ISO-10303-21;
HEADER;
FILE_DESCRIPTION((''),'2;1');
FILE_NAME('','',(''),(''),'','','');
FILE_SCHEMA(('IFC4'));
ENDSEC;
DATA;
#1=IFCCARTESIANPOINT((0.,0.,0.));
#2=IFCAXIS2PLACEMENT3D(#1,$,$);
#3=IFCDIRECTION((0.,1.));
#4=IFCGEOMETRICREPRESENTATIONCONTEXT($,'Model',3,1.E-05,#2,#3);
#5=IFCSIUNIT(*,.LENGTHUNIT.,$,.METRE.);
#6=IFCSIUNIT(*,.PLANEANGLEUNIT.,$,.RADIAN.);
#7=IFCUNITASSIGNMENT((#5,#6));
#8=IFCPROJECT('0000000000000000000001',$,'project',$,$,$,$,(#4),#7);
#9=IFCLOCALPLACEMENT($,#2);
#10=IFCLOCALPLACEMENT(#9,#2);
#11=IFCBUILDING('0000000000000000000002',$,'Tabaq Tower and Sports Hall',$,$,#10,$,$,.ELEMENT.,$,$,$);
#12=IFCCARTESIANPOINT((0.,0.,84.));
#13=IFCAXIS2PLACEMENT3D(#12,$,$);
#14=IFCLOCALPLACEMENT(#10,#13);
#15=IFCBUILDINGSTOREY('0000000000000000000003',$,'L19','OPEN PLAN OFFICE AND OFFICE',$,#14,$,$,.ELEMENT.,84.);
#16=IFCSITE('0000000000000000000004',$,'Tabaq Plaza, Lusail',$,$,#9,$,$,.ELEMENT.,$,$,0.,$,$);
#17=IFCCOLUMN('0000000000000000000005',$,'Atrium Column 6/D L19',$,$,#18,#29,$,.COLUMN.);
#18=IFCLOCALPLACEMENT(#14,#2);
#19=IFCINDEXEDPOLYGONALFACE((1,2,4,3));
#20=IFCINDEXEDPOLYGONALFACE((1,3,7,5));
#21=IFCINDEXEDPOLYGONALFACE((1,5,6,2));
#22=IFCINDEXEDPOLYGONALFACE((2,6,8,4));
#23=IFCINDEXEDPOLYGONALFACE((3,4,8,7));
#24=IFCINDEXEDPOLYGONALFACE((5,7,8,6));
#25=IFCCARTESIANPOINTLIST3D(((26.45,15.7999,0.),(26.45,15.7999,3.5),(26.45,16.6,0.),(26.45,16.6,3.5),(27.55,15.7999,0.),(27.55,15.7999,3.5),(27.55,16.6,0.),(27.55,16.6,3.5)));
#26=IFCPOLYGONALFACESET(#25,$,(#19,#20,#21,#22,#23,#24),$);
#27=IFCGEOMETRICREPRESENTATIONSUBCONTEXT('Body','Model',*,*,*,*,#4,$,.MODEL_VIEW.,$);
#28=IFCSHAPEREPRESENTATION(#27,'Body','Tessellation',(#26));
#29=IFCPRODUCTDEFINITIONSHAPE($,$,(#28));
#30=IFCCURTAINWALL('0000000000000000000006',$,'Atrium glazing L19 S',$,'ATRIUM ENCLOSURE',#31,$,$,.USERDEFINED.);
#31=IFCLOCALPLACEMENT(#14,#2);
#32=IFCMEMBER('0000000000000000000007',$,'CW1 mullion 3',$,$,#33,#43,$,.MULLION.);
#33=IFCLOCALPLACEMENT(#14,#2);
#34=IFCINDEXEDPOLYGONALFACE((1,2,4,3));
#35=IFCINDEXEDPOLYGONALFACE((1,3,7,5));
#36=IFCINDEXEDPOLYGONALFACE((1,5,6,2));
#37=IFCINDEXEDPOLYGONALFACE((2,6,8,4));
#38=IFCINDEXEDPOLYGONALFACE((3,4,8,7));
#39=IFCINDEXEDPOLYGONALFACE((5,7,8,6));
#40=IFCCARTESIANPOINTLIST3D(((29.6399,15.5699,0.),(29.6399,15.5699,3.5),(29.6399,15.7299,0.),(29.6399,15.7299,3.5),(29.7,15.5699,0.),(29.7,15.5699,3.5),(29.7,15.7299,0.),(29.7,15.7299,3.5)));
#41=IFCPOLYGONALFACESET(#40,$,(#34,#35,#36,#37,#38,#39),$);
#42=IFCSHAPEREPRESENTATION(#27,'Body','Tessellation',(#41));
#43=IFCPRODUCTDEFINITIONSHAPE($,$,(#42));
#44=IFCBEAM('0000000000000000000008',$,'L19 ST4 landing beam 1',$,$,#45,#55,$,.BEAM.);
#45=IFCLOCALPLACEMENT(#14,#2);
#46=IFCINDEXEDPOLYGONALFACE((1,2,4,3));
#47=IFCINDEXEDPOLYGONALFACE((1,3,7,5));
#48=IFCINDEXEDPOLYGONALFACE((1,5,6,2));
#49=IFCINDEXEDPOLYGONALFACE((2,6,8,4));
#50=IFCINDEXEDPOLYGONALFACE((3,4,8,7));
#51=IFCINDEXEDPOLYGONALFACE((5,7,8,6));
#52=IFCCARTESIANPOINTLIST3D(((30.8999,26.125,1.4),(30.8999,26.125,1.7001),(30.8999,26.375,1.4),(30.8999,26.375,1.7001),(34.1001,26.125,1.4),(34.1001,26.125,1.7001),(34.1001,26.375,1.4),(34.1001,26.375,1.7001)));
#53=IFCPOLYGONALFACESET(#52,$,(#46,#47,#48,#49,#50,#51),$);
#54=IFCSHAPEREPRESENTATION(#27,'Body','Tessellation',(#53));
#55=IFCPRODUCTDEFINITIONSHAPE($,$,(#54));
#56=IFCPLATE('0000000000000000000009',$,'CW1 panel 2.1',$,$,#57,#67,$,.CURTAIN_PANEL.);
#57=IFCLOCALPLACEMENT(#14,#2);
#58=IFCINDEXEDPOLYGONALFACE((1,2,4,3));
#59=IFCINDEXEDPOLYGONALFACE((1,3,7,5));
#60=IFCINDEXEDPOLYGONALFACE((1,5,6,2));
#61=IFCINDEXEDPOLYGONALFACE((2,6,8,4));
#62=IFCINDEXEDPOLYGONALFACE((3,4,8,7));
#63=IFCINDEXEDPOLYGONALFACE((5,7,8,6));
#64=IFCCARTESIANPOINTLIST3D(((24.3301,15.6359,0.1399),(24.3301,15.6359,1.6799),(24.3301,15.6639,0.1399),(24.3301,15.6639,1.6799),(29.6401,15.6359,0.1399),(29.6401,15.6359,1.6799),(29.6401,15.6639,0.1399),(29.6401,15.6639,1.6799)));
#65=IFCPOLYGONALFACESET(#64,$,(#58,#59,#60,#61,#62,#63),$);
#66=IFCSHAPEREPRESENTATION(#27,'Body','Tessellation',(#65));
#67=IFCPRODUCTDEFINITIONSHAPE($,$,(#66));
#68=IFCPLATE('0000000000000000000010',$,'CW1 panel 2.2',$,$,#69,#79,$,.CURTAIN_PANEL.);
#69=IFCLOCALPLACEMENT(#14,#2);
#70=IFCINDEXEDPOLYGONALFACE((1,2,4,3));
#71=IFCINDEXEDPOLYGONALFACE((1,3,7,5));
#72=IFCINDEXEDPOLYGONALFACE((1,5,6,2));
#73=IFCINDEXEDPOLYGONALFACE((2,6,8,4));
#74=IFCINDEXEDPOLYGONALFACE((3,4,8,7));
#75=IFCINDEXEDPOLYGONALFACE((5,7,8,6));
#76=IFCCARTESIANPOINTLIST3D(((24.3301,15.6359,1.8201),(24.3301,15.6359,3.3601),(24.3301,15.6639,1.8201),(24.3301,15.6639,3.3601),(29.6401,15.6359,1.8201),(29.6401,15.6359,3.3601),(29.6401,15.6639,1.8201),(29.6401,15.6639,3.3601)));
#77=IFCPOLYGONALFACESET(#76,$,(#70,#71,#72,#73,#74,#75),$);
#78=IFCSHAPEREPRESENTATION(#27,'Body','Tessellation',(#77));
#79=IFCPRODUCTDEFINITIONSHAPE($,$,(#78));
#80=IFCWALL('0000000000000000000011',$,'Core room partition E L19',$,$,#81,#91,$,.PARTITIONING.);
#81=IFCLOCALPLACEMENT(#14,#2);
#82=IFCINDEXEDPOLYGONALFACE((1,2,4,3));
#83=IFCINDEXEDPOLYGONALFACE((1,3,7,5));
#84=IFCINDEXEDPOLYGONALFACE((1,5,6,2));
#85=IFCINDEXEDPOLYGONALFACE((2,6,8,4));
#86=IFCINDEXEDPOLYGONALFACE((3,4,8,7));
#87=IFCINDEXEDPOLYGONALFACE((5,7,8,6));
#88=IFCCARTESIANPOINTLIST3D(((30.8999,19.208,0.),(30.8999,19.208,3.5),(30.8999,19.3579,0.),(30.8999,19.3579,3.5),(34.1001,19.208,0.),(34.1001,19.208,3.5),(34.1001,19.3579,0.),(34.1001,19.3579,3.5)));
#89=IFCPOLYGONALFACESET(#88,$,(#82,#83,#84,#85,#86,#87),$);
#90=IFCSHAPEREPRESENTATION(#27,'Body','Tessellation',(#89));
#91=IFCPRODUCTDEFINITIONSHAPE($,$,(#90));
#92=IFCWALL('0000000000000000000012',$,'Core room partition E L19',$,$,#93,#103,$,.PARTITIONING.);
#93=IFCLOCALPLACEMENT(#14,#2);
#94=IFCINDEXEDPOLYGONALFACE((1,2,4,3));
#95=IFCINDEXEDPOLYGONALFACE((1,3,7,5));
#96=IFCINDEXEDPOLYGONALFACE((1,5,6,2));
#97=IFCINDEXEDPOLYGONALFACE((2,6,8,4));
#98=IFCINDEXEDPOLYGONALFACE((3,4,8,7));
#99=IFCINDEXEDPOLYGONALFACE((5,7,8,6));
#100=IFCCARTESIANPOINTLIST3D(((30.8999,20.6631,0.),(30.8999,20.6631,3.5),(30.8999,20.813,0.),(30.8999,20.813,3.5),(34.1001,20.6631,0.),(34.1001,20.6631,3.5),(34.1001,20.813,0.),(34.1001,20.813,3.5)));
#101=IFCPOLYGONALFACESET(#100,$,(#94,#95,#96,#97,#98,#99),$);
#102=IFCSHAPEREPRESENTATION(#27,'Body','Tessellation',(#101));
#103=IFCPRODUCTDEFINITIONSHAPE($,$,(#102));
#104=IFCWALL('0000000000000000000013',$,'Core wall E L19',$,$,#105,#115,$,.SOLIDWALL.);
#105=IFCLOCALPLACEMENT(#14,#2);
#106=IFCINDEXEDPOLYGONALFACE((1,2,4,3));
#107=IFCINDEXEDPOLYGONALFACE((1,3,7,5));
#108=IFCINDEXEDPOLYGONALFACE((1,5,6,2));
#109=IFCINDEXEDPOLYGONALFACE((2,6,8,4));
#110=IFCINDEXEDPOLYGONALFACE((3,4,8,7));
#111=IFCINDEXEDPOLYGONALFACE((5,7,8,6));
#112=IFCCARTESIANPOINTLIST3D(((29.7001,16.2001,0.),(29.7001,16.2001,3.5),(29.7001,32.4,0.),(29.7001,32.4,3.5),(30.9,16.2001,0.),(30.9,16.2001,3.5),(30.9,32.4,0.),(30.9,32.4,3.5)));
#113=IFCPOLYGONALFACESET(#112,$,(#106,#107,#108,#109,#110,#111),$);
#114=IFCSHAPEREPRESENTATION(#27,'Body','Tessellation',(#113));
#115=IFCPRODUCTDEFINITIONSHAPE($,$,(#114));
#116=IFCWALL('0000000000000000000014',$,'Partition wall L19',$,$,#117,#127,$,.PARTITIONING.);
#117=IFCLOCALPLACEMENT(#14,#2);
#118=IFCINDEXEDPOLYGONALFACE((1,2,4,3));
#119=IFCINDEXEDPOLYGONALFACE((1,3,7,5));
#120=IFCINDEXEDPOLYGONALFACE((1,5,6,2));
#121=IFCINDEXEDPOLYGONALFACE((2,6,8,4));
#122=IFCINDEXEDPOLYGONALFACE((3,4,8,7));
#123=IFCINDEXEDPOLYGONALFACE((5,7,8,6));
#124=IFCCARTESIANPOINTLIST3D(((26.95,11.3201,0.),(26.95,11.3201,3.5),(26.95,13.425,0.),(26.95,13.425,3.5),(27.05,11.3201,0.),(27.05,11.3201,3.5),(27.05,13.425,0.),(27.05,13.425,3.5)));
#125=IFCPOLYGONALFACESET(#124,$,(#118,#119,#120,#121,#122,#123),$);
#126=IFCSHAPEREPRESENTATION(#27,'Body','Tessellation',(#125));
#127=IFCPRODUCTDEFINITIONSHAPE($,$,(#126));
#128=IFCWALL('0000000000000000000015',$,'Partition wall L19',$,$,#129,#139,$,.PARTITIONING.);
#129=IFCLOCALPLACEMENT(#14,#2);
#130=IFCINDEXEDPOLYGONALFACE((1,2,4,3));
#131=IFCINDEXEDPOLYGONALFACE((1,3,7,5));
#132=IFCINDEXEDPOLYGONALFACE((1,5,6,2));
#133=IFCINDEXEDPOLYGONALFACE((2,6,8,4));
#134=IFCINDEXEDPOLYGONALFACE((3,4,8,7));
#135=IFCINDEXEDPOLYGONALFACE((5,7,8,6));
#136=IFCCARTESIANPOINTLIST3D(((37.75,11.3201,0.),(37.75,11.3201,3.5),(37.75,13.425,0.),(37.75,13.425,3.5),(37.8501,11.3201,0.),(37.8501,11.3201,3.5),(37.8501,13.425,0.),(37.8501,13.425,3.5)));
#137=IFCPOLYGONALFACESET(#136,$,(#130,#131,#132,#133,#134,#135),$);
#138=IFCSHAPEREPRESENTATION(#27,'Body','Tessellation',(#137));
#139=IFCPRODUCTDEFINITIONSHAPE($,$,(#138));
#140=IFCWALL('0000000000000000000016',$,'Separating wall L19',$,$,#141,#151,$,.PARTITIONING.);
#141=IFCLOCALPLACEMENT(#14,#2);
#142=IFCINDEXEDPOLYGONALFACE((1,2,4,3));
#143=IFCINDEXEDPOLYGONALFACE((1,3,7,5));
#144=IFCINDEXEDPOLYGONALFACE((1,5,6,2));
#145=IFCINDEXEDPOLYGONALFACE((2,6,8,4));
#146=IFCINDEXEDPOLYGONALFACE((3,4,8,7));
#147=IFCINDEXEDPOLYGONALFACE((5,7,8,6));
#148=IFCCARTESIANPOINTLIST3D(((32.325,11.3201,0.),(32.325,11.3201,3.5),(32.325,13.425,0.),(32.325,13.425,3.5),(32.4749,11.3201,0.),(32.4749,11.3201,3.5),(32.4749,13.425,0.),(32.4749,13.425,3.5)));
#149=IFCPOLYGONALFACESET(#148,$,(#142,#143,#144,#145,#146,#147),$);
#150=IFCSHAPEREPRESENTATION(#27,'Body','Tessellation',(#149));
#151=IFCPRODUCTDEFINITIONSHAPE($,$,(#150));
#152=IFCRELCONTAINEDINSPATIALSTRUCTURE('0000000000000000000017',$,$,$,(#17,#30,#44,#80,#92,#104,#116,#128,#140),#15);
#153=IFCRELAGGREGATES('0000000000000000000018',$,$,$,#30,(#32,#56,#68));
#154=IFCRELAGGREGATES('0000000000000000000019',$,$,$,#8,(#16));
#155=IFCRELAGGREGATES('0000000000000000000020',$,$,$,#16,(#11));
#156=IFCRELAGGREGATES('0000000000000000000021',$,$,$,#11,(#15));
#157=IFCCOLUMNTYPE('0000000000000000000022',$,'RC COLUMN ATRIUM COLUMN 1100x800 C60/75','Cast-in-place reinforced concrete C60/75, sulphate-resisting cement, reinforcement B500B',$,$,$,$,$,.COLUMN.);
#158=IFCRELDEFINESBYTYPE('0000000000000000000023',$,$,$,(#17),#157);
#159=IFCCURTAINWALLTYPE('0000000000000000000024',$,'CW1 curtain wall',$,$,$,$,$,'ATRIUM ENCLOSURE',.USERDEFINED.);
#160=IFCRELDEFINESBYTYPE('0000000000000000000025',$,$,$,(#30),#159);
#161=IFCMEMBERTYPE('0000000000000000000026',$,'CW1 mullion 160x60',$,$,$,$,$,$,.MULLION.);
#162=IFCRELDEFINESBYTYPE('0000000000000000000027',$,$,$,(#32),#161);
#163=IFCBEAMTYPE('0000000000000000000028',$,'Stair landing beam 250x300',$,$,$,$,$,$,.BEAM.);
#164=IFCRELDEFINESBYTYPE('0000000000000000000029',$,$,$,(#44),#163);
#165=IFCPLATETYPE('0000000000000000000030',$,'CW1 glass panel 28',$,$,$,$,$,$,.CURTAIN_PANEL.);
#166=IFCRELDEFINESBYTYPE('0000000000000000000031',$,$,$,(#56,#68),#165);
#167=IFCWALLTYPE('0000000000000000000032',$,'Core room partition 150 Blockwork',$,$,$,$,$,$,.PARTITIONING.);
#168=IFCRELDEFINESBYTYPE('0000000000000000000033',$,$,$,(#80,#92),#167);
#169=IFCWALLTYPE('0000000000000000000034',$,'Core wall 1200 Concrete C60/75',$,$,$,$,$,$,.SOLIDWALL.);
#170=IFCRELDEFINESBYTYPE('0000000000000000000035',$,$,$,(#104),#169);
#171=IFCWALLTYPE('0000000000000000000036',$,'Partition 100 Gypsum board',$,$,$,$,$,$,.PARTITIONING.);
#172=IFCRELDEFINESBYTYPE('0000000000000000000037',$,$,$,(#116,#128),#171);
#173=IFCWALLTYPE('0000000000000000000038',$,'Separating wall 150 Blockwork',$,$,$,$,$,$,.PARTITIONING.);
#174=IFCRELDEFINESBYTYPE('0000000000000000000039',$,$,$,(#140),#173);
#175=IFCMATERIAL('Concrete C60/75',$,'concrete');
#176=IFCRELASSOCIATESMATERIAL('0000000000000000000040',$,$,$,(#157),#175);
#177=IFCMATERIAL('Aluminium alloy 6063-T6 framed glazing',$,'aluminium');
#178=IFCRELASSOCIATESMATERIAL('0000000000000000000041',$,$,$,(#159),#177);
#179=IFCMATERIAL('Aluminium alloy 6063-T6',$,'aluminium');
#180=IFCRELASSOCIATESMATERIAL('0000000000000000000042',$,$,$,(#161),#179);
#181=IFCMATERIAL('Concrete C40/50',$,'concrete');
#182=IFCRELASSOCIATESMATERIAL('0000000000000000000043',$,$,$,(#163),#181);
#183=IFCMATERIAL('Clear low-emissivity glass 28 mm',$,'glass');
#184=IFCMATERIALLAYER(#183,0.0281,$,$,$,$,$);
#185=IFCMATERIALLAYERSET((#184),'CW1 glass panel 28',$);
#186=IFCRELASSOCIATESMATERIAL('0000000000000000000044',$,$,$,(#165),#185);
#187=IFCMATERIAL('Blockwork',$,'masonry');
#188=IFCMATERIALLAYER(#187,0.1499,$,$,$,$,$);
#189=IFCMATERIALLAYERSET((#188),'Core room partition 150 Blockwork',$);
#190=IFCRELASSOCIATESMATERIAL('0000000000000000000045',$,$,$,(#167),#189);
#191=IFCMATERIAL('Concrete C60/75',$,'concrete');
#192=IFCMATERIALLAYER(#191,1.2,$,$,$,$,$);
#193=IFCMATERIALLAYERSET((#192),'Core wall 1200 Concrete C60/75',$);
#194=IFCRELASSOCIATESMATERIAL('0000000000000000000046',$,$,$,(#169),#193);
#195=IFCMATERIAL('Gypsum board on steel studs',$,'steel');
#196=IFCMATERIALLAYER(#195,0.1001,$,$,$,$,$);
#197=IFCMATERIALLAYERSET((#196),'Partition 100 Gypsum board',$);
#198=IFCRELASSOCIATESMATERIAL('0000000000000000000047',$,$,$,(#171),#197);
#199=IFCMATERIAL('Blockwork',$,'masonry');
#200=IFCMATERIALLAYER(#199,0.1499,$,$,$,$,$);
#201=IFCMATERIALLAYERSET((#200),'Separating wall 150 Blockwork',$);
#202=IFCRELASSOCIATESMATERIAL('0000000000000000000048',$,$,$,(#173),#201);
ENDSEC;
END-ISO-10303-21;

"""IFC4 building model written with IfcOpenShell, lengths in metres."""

from ifc_helpers import new_model, si_unit, direction, frame, frame_2d, origin, origin_2d, place, context, subcontext, project, spatial, rectangle, extrude, material, layer, layer_set, material_profile, profile_set, type_object, element, aggregate, save


model = new_model("IFC4")

# Units and contexts
model_context = context("Model", 3, precision=1e-05, world=origin(), true_north=direction((0.0, 1.0)))
body_context = subcontext(model_context, "Body", "Model", "MODEL_VIEW")
ifc_project = project(units=[si_unit("LENGTHUNIT", "METRE"), si_unit("PLANEANGLEUNIT", "RADIAN")], contexts=[model_context])

# Site, building, storey
site_placement = place(None, origin())
site = spatial("IfcSite", under=ifc_project, at=site_placement, Name="Tabaq Plaza, Lusail", CompositionType="ELEMENT", RefElevation=0.0)
building_placement = place(site_placement, origin())
building = spatial("IfcBuilding", under=site, at=building_placement, Name="Tabaq Tower and Sports Hall", CompositionType="ELEMENT")
storey_placement = place(building_placement, frame((0.0, 0.0, 84.0)))
storey = spatial("IfcBuildingStorey", under=building, at=storey_placement, Name="L19", Description="OPEN PLAN OFFICE AND OFFICE", CompositionType="ELEMENT", Elevation=84.0)

# Column
ifc_material_1 = material(Name="Concrete C60/75", Category="concrete")
ifc_material_profile_1 = material_profile(ifc_material_1, rectangle(XDim=1.1001, YDim=0.8, at=origin_2d()), Name="ATRIUM COLUMN 1100x800")
ifc_profile_set_1 = profile_set([ifc_material_profile_1], Name="Concrete C60/75")
column_type = type_object("IfcColumnType", Name="RC COLUMN ATRIUM COLUMN 1100x800 C60/75", Description="Cast-in-place reinforced concrete C60/75, sulphate-resisting cement, reinforcement B500B", PredefinedType="COLUMN", material=ifc_profile_set_1)
column_placement = place(storey_placement, frame((27.0, 16.2, 0.0), z_axis=(0.0, 0.0, 1.0), x_axis=(1.0, 0.0, 0.0)))
element("IfcColumn", 1, at=column_placement, inside=storey, type_object=column_type, Name="Atrium Column 6/D L19", PredefinedType="COLUMN", context=body_context, shape_type="SweptSolid", body=[
    extrude(rectangle(XDim=1.1001, YDim=0.8, at=origin_2d()), origin(), (0.0, 0.0, 1.0), 3.5),
])

# Curtain wall, member
ifc_material_2 = material(Name="Aluminium alloy 6063-T6 framed glazing", Category="aluminium")
curtain_wall_type = type_object("IfcCurtainWallType", Name="CW1 curtain wall", ElementType="ATRIUM ENCLOSURE", PredefinedType="USERDEFINED", material=ifc_material_2)
curtain_wall_placement = place(storey_placement, origin())
curtain_wall = element("IfcCurtainWall", 2, at=curtain_wall_placement, inside=storey, type_object=curtain_wall_type, Name="Atrium glazing L19 S", ObjectType="ATRIUM ENCLOSURE", PredefinedType="USERDEFINED")
ifc_material_3 = material(Name="Aluminium alloy 6063-T6", Category="aluminium")
ifc_material_profile_2 = material_profile(ifc_material_3, rectangle(XDim=0.1599, YDim=0.0601, at=origin_2d()), Name="MULLION 160x60")
ifc_profile_set_2 = profile_set([ifc_material_profile_2], Name="Aluminium alloy 6063-T6")
member_type = type_object("IfcMemberType", Name="CW1 mullion 160x60", PredefinedType="MULLION", material=ifc_profile_set_2)
member_placement = place(storey_placement, frame((29.6699, 15.6499, 0.0), z_axis=(0.0, 0.0, 1.0), x_axis=(0.0, 1.0, 0.0)))
member = element("IfcMember", 3, at=member_placement, type_object=member_type, Name="CW1 mullion 3", PredefinedType="MULLION", context=body_context, shape_type="SweptSolid", body=[
    extrude(rectangle(XDim=0.1599, YDim=0.0601, at=origin_2d()), origin(), (0.0, 0.0, 1.0), 3.5),
])

# Beam
ifc_material_4 = material(Name="Concrete C40/50", Category="concrete")
ifc_material_profile_3 = material_profile(ifc_material_4, rectangle(XDim=0.25, YDim=0.3, at=origin_2d()), Name="RC 250x300")
ifc_profile_set_3 = profile_set([ifc_material_profile_3], Name="Concrete C40/50")
beam_type = type_object("IfcBeamType", Name="Stair landing beam 250x300", PredefinedType="BEAM", material=ifc_profile_set_3)
beam_placement = place(storey_placement, frame((30.8999, 26.25, 1.55), z_axis=(1.0, 0.0, 0.0), x_axis=(0.0, 1.0, 0.0)))
element("IfcBeam", 4, at=beam_placement, inside=storey, type_object=beam_type, Name="L19 ST4 landing beam 1", PredefinedType="BEAM", context=body_context, shape_type="SweptSolid", body=[
    extrude(rectangle(XDim=0.25, YDim=0.3, at=origin_2d()), origin(), (0.0, 0.0, 1.0), 3.2002),
])

# Plates
ifc_material_5 = material(Name="Clear low-emissivity glass 28 mm", Category="glass")
ifc_layer_1 = layer(ifc_material_5, 0.0281)
ifc_layer_set_1 = layer_set([ifc_layer_1], Name="CW1 glass panel 28")
plate_type = type_object("IfcPlateType", Name="CW1 glass panel 28", PredefinedType="CURTAIN_PANEL", material=ifc_layer_set_1)
plate_1_placement = place(storey_placement, frame((26.9851, 15.6499, 0.1399), z_axis=(0.0, 0.0, 1.0), x_axis=(1.0, 0.0, 0.0)))
plate_1 = element("IfcPlate", 5, at=plate_1_placement, type_object=plate_type, Name="CW1 panel 2.1", PredefinedType="CURTAIN_PANEL", context=body_context, shape_type="SweptSolid", body=[
    extrude(rectangle(XDim=5.3101, YDim=0.0281, at=origin_2d()), origin(), (0.0, 0.0, 1.0), 1.54),
])
plate_2_placement = place(storey_placement, frame((26.9851, 15.6499, 1.8201), z_axis=(0.0, 0.0, 1.0), x_axis=(1.0, 0.0, 0.0)))
plate_2 = element("IfcPlate", 6, at=plate_2_placement, type_object=plate_type, Name="CW1 panel 2.2", PredefinedType="CURTAIN_PANEL", context=body_context, shape_type="SweptSolid", body=[
    extrude(rectangle(XDim=5.3101, YDim=0.0281, at=origin_2d()), origin(), (0.0, 0.0, 1.0), 1.54),
])
aggregate(curtain_wall, [member, plate_1, plate_2])

# Walls
ifc_material_6 = material(Name="Blockwork", Category="masonry")
ifc_layer_2 = layer(ifc_material_6, 0.1499)
ifc_layer_set_2 = layer_set([ifc_layer_2], Name="Core room partition 150 Blockwork")
wall_type_1 = type_object("IfcWallType", Name="Core room partition 150 Blockwork", PredefinedType="PARTITIONING", material=ifc_layer_set_2)
for number, where, z_axis, x_axis, name in (
    (7, (30.8999, 19.283, 0.0), (0.0, 0.0, 1.0), (1.0, 0.0, 0.0), "Core room partition E L19"),
    (8, (30.8999, 20.738, 0.0), (0.0, 0.0, 1.0), (1.0, 0.0, 0.0), "Core room partition E L19"),
):
    element("IfcWall", number, at=place(storey_placement, frame(where, z_axis=z_axis, x_axis=x_axis)), inside=storey, type_object=wall_type_1, Name=name, PredefinedType="PARTITIONING", context=body_context, shape_type="SweptSolid", body=[
        extrude(rectangle(XDim=3.2002, YDim=0.1499, at=frame_2d((1.6001, 0.0))), origin(), (0.0, 0.0, 1.0), 3.5),
    ])
ifc_material_7 = material(Name="Concrete C60/75", Category="concrete")
ifc_layer_3 = layer(ifc_material_7, 1.2)
ifc_layer_set_3 = layer_set([ifc_layer_3], Name="Core wall 1200 Concrete C60/75")
wall_type_2 = type_object("IfcWallType", Name="Core wall 1200 Concrete C60/75", PredefinedType="SOLIDWALL", material=ifc_layer_set_3)
wall_1_placement = place(storey_placement, frame((30.3, 16.2, 0.0), z_axis=(0.0, 0.0, 1.0), x_axis=(0.0, 1.0, 0.0)))
element("IfcWall", 9, at=wall_1_placement, inside=storey, type_object=wall_type_2, Name="Core wall E L19", PredefinedType="SOLIDWALL", context=body_context, shape_type="SweptSolid", body=[
    extrude(rectangle(XDim=16.2, YDim=1.2, at=frame_2d((8.1001, 0.0))), origin(), (0.0, 0.0, 1.0), 3.5),
])
ifc_material_8 = material(Name="Gypsum board on steel studs", Category="steel")
ifc_layer_4 = layer(ifc_material_8, 0.1001)
ifc_layer_set_4 = layer_set([ifc_layer_4], Name="Partition 100 Gypsum board")
wall_type_3 = type_object("IfcWallType", Name="Partition 100 Gypsum board", PredefinedType="PARTITIONING", material=ifc_layer_set_4)
for number, where, z_axis, x_axis, name in (
    (10, (27.0, 11.3201, 0.0), (0.0, 0.0, 1.0), (0.0, 1.0, 0.0), "Partition wall L19"),
    (11, (37.8, 11.3201, 0.0), (0.0, 0.0, 1.0), (0.0, 1.0, 0.0), "Partition wall L19"),
):
    element("IfcWall", number, at=place(storey_placement, frame(where, z_axis=z_axis, x_axis=x_axis)), inside=storey, type_object=wall_type_3, Name=name, PredefinedType="PARTITIONING", context=body_context, shape_type="SweptSolid", body=[
        extrude(rectangle(XDim=2.105, YDim=0.1001, at=frame_2d((1.0525, 0.0))), origin(), (0.0, 0.0, 1.0), 3.5),
    ])
ifc_material_9 = material(Name="Blockwork", Category="masonry")
ifc_layer_5 = layer(ifc_material_9, 0.1499)
ifc_layer_set_5 = layer_set([ifc_layer_5], Name="Separating wall 150 Blockwork")
wall_type_4 = type_object("IfcWallType", Name="Separating wall 150 Blockwork", PredefinedType="PARTITIONING", material=ifc_layer_set_5)
wall_2_placement = place(storey_placement, frame((32.3999, 11.3201, 0.0), z_axis=(0.0, 0.0, 1.0), x_axis=(0.0, 1.0, 0.0)))
element("IfcWall", 12, at=wall_2_placement, inside=storey, type_object=wall_type_4, Name="Separating wall L19", PredefinedType="PARTITIONING", context=body_context, shape_type="SweptSolid", body=[
    extrude(rectangle(XDim=2.105, YDim=0.1499, at=frame_2d((1.0525, 0.0))), origin(), (0.0, 0.0, 1.0), 3.5),
])

save(model, "model.ifc")
